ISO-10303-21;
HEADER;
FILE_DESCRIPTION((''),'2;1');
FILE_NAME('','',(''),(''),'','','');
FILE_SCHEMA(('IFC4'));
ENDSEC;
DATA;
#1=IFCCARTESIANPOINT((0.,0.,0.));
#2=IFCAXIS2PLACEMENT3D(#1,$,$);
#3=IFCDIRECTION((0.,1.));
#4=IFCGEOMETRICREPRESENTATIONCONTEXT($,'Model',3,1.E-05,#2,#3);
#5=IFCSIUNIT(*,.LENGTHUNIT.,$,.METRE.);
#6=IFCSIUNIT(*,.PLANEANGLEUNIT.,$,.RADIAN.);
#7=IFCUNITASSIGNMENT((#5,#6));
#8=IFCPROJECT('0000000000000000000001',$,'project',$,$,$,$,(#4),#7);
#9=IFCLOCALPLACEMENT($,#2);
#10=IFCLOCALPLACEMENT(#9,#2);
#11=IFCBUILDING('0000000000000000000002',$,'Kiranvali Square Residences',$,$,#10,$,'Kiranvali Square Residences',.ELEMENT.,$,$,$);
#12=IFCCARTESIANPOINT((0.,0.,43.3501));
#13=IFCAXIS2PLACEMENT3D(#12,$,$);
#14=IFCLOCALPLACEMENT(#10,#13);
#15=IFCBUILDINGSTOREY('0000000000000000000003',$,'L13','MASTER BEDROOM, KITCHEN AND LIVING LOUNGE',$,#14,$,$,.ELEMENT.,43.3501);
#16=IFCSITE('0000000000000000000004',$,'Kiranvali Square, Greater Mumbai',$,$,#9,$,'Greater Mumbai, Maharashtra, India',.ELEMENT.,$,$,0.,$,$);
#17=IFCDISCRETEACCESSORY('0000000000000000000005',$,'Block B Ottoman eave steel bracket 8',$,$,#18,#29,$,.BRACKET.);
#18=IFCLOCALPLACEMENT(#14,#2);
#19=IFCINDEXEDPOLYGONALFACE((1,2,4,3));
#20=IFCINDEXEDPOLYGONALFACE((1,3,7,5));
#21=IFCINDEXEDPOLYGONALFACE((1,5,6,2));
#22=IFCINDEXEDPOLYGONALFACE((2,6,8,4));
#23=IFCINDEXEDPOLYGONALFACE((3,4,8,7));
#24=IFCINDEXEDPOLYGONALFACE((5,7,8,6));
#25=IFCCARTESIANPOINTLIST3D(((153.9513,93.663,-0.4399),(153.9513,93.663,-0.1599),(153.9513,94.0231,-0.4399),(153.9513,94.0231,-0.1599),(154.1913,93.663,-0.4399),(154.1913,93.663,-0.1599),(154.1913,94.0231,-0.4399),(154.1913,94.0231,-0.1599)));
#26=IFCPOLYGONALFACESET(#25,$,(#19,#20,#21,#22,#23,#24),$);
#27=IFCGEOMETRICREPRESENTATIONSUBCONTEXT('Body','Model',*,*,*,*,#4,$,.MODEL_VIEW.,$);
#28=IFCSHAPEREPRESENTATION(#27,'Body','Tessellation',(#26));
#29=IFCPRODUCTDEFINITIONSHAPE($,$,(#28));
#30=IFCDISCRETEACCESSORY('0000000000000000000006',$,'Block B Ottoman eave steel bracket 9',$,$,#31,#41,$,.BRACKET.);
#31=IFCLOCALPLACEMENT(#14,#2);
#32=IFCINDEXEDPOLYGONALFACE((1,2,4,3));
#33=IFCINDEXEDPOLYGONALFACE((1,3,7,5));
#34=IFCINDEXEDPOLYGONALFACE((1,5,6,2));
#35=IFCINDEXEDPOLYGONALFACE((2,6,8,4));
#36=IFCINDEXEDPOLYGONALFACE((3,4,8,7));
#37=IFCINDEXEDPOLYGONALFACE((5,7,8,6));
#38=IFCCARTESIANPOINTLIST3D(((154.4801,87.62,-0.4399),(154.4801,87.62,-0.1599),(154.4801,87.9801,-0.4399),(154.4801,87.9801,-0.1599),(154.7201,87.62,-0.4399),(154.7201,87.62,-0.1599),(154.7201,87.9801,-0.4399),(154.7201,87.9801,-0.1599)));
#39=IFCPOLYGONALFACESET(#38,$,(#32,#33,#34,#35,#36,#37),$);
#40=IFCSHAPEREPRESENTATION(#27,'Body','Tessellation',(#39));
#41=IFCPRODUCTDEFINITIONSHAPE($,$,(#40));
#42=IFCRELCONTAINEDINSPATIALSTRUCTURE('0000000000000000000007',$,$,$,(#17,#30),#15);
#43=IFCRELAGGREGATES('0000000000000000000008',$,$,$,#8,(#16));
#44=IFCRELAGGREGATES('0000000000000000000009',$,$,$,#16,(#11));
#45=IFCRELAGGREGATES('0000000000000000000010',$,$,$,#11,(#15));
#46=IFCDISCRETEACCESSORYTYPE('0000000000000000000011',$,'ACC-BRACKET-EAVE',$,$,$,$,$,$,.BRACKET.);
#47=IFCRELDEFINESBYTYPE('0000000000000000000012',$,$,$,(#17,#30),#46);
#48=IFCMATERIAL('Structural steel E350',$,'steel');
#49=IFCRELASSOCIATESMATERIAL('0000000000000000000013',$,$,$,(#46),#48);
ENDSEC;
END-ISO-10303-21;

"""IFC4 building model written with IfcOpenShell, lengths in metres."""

from ifc_helpers import new_model, si_unit, direction, frame, origin, origin_2d, place, context, subcontext, project, spatial, rectangle, extrude, material, type_object, element, save


model = new_model("IFC4")

# Units and contexts
model_context = context("Model", 3, precision=1e-05, world=origin(), true_north=direction((0.0, 1.0)))
body_context = subcontext(model_context, "Body", "Model", "MODEL_VIEW")
ifc_project = project(units=[si_unit("LENGTHUNIT", "METRE"), si_unit("PLANEANGLEUNIT", "RADIAN")], contexts=[model_context])

# Site, building, storey
site_placement = place(None, origin())
site = spatial("IfcSite", under=ifc_project, at=site_placement, Name="Kiranvali Square, Greater Mumbai", LongName="Greater Mumbai, Maharashtra, India", CompositionType="ELEMENT", RefElevation=0.0)
building_placement = place(site_placement, origin())
building = spatial("IfcBuilding", under=site, at=building_placement, Name="Kiranvali Square Residences", LongName="Kiranvali Square Residences", CompositionType="ELEMENT")
storey_placement = place(building_placement, frame((0.0, 0.0, 43.3501)))
storey = spatial("IfcBuildingStorey", under=building, at=storey_placement, Name="L13", Description="MASTER BEDROOM, KITCHEN AND LIVING LOUNGE", CompositionType="ELEMENT", Elevation=43.3501)

# Shared definitions
ifc_material_1 = material(Name="Structural steel E350", Category="steel")

# Discrete accessories
discrete_accessory_type = type_object("IfcDiscreteAccessoryType", Name="ACC-BRACKET-EAVE", PredefinedType="BRACKET", material=ifc_material_1)
for number, where, z_axis, x_axis, name in (
    (1, (154.0713, 93.843, -0.4399), (0.0, 0.0, 1.0), (1.0, 0.0, 0.0), "Block B Ottoman eave steel bracket 8"),
    (2, (154.6001, 87.8, -0.4399), (0.0, 0.0, 1.0), (1.0, 0.0, 0.0), "Block B Ottoman eave steel bracket 9"),
):
    element("IfcDiscreteAccessory", number, at=place(storey_placement, frame(where, z_axis=z_axis, x_axis=x_axis)), inside=storey, type_object=discrete_accessory_type, Name=name, PredefinedType="BRACKET", context=body_context, shape_type="SweptSolid", body=[
        extrude(rectangle(XDim=0.24, YDim=0.3601, at=origin_2d()), origin(), (0.0, 0.0, 1.0), 0.28),
    ])

save(model, "model.ifc")
